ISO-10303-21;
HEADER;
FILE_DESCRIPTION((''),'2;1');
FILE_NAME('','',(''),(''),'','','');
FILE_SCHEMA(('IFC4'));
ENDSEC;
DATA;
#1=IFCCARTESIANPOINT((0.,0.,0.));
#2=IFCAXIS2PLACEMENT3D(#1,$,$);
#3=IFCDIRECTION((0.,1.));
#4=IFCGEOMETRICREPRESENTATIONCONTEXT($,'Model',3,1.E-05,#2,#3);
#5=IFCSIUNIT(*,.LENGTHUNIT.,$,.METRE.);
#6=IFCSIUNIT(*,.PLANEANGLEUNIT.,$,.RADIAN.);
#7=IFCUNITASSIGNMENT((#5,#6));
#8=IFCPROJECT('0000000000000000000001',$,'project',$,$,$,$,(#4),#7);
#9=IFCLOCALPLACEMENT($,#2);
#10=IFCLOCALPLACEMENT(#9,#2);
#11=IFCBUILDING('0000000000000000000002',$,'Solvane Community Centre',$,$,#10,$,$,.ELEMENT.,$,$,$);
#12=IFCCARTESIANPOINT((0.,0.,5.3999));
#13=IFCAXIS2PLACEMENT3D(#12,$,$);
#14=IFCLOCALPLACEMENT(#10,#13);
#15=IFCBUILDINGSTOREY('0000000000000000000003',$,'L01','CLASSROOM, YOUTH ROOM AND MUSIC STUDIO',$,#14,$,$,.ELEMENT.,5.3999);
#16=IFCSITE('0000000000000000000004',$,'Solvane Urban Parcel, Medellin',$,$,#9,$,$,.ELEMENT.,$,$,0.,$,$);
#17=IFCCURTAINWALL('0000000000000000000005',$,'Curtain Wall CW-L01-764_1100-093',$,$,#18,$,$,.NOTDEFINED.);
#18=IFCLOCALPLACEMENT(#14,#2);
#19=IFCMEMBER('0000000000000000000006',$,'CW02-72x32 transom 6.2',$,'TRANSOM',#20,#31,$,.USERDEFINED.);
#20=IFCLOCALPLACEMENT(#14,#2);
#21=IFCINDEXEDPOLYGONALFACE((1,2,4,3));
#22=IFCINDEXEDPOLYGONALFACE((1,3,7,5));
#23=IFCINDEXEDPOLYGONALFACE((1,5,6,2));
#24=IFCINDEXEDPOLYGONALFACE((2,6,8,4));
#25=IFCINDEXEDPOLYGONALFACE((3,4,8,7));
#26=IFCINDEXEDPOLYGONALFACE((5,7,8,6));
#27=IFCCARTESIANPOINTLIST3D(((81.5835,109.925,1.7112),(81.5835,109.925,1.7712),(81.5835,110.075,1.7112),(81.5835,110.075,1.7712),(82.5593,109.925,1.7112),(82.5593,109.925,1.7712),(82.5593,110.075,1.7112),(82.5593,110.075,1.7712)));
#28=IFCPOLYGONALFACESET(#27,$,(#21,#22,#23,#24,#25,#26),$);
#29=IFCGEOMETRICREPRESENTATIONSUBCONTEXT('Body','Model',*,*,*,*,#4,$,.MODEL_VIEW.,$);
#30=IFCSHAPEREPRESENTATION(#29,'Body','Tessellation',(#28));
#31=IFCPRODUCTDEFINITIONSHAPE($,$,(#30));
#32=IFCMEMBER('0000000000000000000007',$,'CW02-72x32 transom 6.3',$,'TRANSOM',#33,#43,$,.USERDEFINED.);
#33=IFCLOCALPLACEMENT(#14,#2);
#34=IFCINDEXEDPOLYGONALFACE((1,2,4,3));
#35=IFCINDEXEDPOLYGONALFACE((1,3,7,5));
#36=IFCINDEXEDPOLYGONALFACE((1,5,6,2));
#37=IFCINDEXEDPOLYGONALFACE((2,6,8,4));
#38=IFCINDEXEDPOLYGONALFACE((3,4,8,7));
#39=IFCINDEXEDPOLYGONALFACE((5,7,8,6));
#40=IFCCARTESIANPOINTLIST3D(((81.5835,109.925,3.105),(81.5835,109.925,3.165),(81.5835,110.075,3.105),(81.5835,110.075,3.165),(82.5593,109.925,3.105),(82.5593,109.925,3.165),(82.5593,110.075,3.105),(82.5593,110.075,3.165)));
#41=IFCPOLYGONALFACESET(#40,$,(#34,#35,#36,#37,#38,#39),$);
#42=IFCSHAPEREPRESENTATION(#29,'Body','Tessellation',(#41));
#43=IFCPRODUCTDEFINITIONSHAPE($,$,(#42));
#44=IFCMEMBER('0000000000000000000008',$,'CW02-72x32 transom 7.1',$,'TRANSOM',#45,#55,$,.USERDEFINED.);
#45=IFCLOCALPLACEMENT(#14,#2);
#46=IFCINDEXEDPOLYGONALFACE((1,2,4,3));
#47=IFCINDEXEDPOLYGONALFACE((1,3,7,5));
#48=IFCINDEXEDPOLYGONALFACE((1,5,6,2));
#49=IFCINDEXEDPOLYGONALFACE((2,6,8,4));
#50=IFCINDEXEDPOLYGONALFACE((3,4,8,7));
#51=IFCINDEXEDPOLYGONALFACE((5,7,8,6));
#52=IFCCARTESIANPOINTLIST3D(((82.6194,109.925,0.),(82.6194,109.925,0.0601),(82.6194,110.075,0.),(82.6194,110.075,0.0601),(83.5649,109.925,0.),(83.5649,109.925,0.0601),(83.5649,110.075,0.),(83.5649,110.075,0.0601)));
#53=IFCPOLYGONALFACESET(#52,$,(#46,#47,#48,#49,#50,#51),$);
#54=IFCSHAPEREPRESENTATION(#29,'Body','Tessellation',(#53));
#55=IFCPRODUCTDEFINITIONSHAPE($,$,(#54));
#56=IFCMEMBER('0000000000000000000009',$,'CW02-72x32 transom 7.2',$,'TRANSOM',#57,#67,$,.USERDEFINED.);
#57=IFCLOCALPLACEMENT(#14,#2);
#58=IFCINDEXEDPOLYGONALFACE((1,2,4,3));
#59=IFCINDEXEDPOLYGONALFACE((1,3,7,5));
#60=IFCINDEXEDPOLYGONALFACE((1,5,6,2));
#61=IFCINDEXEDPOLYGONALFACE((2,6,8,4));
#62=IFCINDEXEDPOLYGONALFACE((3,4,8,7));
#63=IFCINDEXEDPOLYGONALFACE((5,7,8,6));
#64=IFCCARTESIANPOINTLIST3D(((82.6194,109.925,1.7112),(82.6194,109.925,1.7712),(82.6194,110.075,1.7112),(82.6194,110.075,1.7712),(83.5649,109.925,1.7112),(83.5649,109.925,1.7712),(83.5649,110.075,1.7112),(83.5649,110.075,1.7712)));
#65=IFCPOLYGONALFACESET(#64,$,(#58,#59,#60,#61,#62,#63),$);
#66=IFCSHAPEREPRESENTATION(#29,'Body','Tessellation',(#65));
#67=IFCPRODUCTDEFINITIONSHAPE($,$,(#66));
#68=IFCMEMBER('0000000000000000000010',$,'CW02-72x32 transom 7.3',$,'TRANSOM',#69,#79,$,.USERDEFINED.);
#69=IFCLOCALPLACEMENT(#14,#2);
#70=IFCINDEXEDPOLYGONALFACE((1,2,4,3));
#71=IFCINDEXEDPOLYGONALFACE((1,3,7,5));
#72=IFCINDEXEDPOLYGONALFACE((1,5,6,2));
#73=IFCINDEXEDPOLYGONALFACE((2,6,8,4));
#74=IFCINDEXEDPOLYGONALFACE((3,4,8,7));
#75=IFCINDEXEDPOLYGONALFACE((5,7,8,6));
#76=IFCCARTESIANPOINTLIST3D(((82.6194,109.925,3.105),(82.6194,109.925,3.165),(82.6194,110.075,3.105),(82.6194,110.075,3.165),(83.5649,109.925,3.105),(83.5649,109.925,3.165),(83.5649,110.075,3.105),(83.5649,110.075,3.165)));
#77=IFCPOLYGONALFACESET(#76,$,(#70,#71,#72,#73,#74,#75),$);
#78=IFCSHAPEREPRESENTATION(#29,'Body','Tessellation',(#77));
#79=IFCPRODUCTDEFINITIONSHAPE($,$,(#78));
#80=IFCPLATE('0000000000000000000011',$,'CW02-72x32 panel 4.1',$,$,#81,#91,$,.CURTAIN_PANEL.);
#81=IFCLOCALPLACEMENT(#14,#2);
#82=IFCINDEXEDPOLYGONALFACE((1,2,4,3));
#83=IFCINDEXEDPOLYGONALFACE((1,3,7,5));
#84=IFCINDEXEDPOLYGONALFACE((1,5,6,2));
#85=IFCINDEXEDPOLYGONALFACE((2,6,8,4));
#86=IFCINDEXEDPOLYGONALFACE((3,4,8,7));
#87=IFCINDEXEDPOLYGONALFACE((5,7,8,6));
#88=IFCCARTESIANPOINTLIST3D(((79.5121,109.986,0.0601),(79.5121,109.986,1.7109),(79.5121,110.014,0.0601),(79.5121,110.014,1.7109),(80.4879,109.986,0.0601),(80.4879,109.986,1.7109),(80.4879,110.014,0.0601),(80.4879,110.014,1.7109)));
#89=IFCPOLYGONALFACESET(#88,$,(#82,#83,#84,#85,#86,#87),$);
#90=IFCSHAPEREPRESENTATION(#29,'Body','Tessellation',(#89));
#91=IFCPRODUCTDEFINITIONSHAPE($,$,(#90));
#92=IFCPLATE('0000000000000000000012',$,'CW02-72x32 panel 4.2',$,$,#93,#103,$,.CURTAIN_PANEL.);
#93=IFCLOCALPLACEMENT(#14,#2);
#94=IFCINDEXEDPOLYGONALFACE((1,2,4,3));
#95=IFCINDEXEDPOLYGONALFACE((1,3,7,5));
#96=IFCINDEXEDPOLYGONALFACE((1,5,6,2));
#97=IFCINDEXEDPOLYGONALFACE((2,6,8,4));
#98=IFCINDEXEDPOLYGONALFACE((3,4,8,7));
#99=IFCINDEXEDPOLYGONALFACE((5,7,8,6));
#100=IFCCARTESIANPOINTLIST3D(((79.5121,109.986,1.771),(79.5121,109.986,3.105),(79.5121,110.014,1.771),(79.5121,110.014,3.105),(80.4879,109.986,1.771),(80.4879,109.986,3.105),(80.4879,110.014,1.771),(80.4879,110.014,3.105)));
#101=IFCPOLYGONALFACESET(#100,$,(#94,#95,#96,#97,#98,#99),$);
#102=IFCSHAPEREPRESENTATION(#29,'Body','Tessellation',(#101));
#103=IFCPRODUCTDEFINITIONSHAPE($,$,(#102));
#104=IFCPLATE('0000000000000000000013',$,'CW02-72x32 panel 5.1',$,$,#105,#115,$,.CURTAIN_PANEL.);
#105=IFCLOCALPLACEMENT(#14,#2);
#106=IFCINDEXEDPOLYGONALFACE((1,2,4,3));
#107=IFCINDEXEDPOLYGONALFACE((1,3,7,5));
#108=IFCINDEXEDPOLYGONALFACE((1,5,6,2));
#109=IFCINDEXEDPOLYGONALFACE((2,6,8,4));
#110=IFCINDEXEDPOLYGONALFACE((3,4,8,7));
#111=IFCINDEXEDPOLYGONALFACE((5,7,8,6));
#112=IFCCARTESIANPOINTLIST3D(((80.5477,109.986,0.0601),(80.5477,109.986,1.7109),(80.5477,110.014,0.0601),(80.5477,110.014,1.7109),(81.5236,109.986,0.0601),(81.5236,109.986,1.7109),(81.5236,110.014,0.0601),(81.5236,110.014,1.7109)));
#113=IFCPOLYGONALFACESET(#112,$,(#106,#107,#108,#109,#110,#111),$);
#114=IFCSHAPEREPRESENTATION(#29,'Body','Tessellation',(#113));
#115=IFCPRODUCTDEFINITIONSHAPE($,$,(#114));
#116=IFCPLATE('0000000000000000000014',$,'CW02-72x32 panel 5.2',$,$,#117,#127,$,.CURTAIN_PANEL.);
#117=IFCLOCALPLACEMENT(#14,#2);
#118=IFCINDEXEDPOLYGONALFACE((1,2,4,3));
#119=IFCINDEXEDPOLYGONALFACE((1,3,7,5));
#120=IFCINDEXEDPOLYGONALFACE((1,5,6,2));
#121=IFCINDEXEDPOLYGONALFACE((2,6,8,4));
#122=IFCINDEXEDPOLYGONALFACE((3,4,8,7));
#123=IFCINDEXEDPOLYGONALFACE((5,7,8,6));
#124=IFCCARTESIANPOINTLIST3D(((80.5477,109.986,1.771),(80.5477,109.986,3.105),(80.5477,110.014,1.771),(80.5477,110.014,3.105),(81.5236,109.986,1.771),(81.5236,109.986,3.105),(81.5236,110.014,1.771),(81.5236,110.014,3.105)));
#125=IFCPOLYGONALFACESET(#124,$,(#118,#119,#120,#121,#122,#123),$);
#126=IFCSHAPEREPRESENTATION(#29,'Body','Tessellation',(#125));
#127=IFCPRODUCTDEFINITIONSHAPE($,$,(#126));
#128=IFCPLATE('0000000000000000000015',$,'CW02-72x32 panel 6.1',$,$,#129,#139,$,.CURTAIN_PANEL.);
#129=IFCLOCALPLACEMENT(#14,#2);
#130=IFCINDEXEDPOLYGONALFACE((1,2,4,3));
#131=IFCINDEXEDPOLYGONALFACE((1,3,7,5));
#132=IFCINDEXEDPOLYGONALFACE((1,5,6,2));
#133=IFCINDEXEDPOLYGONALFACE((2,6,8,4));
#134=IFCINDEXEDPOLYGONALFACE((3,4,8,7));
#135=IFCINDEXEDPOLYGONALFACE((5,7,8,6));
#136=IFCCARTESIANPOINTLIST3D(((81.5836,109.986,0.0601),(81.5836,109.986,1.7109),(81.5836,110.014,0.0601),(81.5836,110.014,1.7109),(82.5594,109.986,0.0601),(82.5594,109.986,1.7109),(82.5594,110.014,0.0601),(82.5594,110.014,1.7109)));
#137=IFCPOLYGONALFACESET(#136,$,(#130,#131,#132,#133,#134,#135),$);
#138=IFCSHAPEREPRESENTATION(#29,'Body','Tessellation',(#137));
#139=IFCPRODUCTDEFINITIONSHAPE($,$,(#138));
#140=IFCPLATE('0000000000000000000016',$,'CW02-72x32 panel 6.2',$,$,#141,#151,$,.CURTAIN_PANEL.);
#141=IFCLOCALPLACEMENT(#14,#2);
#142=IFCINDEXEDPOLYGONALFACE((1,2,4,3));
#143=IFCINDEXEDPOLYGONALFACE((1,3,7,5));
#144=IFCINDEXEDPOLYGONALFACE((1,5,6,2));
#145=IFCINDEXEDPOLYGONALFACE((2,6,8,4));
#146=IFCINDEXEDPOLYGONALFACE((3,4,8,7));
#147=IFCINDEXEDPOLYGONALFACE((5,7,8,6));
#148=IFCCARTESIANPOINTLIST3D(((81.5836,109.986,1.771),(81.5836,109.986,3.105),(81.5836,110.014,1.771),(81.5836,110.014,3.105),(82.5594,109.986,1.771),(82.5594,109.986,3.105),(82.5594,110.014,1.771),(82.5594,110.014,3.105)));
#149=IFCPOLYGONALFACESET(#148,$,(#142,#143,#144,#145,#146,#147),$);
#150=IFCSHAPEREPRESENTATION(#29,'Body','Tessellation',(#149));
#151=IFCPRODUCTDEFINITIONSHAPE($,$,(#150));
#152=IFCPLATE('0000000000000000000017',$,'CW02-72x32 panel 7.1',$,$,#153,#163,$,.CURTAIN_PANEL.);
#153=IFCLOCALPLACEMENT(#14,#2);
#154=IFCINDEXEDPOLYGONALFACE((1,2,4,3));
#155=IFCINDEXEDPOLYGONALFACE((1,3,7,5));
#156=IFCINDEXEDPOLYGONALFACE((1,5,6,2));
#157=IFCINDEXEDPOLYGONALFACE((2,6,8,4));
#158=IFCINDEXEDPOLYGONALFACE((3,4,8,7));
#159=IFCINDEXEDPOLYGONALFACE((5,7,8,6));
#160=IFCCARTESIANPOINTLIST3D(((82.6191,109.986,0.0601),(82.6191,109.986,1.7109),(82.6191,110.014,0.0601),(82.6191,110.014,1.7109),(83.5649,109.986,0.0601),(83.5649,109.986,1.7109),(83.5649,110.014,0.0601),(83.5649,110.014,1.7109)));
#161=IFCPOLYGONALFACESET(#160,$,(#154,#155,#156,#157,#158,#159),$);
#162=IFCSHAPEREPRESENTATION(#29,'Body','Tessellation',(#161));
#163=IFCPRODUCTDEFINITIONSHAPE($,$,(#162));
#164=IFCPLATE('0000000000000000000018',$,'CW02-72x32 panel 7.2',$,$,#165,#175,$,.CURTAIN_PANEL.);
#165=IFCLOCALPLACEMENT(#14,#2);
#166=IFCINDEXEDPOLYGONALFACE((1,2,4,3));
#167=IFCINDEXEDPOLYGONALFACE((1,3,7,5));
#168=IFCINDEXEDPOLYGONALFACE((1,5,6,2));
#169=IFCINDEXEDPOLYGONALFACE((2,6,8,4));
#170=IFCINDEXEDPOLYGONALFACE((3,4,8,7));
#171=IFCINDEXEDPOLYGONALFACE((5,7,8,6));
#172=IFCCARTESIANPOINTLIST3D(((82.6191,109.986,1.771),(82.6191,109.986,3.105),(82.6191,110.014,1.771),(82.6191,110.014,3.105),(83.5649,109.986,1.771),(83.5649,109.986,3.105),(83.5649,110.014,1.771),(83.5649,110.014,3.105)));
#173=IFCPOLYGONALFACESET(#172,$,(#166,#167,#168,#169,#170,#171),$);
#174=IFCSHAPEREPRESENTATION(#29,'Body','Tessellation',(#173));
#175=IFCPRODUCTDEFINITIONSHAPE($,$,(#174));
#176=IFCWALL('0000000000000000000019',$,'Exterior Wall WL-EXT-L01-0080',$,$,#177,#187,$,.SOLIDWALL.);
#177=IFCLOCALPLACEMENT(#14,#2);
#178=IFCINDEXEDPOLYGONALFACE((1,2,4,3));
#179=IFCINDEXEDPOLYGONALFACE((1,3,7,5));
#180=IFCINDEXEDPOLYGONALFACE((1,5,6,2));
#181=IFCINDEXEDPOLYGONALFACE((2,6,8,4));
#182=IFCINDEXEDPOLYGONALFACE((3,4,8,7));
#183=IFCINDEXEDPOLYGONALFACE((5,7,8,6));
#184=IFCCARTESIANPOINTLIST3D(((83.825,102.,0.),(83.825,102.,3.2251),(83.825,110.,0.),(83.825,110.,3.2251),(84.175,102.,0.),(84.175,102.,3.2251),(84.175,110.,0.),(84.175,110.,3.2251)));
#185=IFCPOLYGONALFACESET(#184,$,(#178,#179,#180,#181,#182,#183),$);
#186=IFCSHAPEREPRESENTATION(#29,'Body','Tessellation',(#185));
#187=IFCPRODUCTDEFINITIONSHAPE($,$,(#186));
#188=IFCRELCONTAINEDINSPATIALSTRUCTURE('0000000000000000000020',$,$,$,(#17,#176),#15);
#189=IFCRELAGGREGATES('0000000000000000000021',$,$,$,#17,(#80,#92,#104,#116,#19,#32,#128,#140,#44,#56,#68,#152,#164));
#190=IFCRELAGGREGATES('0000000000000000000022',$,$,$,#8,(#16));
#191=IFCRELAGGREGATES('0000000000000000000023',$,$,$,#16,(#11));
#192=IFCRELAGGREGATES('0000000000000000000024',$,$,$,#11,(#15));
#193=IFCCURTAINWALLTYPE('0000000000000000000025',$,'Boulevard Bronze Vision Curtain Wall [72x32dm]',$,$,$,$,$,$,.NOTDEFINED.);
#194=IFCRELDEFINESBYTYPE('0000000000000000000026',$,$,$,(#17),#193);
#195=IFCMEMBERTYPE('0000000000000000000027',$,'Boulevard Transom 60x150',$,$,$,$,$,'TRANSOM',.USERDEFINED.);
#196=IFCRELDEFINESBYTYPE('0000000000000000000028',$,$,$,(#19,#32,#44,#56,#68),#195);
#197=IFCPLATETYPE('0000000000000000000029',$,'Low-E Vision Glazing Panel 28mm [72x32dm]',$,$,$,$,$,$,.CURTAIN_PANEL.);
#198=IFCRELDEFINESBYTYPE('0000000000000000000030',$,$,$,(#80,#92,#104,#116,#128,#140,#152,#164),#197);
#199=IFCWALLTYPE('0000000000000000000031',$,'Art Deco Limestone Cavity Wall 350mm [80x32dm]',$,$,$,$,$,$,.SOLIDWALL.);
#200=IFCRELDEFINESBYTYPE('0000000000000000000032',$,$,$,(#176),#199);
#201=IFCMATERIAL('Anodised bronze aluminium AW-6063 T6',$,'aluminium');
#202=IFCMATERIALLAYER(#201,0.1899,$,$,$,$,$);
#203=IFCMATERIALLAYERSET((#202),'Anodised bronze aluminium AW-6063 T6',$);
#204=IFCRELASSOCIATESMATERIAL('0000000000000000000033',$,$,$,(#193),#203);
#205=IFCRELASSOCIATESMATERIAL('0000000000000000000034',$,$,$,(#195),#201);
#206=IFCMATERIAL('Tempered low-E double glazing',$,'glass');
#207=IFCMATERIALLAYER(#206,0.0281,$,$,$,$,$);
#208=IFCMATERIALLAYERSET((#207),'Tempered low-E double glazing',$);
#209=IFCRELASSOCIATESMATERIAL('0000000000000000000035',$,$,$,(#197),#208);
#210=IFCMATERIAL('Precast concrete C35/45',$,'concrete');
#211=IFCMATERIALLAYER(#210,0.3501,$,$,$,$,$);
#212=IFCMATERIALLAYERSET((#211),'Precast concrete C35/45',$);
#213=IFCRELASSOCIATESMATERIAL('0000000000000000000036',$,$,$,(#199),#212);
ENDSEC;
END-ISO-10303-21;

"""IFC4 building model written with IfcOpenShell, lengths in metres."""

from ifc_helpers import new_model, si_unit, direction, frame, frame_2d, origin, origin_2d, place, context, subcontext, project, spatial, rectangle, extrude, material, layer, layer_set, material_profile, profile_set, type_object, element, aggregate, save


model = new_model("IFC4")

# Units and contexts
model_context = context("Model", 3, precision=1e-05, world=origin(), true_north=direction((0.0, 1.0)))
body_context = subcontext(model_context, "Body", "Model", "MODEL_VIEW")
ifc_project = project(units=[si_unit("LENGTHUNIT", "METRE"), si_unit("PLANEANGLEUNIT", "RADIAN")], contexts=[model_context])

# Site, building, storey
site_placement = place(None, origin())
site = spatial("IfcSite", under=ifc_project, at=site_placement, Name="Solvane Urban Parcel, Medellin", CompositionType="ELEMENT", RefElevation=0.0)
building_placement = place(site_placement, origin())
building = spatial("IfcBuilding", under=site, at=building_placement, Name="Solvane Community Centre", CompositionType="ELEMENT")
storey_placement = place(building_placement, frame((0.0, 0.0, 5.3999)))
storey = spatial("IfcBuildingStorey", under=building, at=storey_placement, Name="L01", Description="CLASSROOM, YOUTH ROOM AND MUSIC STUDIO", CompositionType="ELEMENT", Elevation=5.3999)

# Curtain wall, members, plates
ifc_material_1 = material(Name="Anodised bronze aluminium AW-6063 T6", Category="aluminium")
ifc_layer_1 = layer(ifc_material_1, 0.1899)
ifc_layer_set_1 = layer_set([ifc_layer_1], Name="Anodised bronze aluminium AW-6063 T6")
curtain_wall_type = type_object("IfcCurtainWallType", Name="Boulevard Bronze Vision Curtain Wall [72x32dm]", PredefinedType="NOTDEFINED", material=ifc_layer_set_1)
curtain_wall_placement = place(storey_placement, origin())
curtain_wall = element("IfcCurtainWall", 1, at=curtain_wall_placement, inside=storey, type_object=curtain_wall_type, Name="Curtain Wall CW-L01-764_1100-093", PredefinedType="NOTDEFINED")
ifc_material_profile_1 = material_profile(ifc_material_1, rectangle(XDim=0.1499, YDim=0.0601, at=origin_2d()), Name="CW-T 60x150")
ifc_profile_set_1 = profile_set([ifc_material_profile_1], Name="Anodised bronze aluminium AW-6063 T6")
member_type_1 = type_object("IfcMemberType", Name="Boulevard Transom 60x150", ElementType="TRANSOM", PredefinedType="USERDEFINED", material=ifc_profile_set_1)
member_1_placement = place(storey_placement, frame((81.5835, 110.0, 1.7412), z_axis=(1.0, 0.0, 0.0), x_axis=(0.0, 1.0, 0.0)))
member_1 = element("IfcMember", 2, at=member_1_placement, type_object=member_type_1, Name="CW02-72x32 transom 6.2", ObjectType="TRANSOM", PredefinedType="USERDEFINED", context=body_context, shape_type="SweptSolid", body=[
    extrude(rectangle(XDim=0.1499, YDim=0.0601, at=origin_2d()), origin(), (0.0, 0.0, 1.0), 0.9758),
])
member_2_placement = place(storey_placement, frame((81.5835, 110.0, 3.135), z_axis=(1.0, 0.0, 0.0), x_axis=(0.0, 1.0, 0.0)))
member_2 = element("IfcMember", 3, at=member_2_placement, type_object=member_type_1, Name="CW02-72x32 transom 6.3", ObjectType="TRANSOM", PredefinedType="USERDEFINED", context=body_context, shape_type="SweptSolid", body=[
    extrude(rectangle(XDim=0.1499, YDim=0.0601, at=origin_2d()), origin(), (0.0, 0.0, 1.0), 0.9758),
])
member_3_placement = place(storey_placement, frame((82.6194, 110.0, 0.03), z_axis=(1.0, 0.0, 0.0), x_axis=(0.0, 1.0, 0.0)))
member_3 = element("IfcMember", 4, at=member_3_placement, type_object=member_type_1, Name="CW02-72x32 transom 7.1", ObjectType="TRANSOM", PredefinedType="USERDEFINED", context=body_context, shape_type="SweptSolid", body=[
    extrude(rectangle(XDim=0.1499, YDim=0.0601, at=origin_2d()), origin(), (0.0, 0.0, 1.0), 0.9456),
])
member_4_placement = place(storey_placement, frame((82.6194, 110.0, 1.7412), z_axis=(1.0, 0.0, 0.0), x_axis=(0.0, 1.0, 0.0)))
member_4 = element("IfcMember", 5, at=member_4_placement, type_object=member_type_1, Name="CW02-72x32 transom 7.2", ObjectType="TRANSOM", PredefinedType="USERDEFINED", context=body_context, shape_type="SweptSolid", body=[
    extrude(rectangle(XDim=0.1499, YDim=0.0601, at=origin_2d()), origin(), (0.0, 0.0, 1.0), 0.9456),
])
member_5_placement = place(storey_placement, frame((82.6194, 110.0, 3.135), z_axis=(1.0, 0.0, 0.0), x_axis=(0.0, 1.0, 0.0)))
member_5 = element("IfcMember", 6, at=member_5_placement, type_object=member_type_1, Name="CW02-72x32 transom 7.3", ObjectType="TRANSOM", PredefinedType="USERDEFINED", context=body_context, shape_type="SweptSolid", body=[
    extrude(rectangle(XDim=0.1499, YDim=0.0601, at=origin_2d()), origin(), (0.0, 0.0, 1.0), 0.9456),
])
ifc_material_2 = material(Name="Tempered low-E double glazing", Category="glass")
ifc_layer_2 = layer(ifc_material_2, 0.0281)
ifc_layer_set_2 = layer_set([ifc_layer_2], Name="Tempered low-E double glazing")
plate_type = type_object("IfcPlateType", Name="Low-E Vision Glazing Panel 28mm [72x32dm]", PredefinedType="CURTAIN_PANEL", material=ifc_layer_set_2)
plate_1_placement = place(storey_placement, frame((80.0, 110.0, 0.0601), z_axis=(0.0, 0.0, 1.0), x_axis=(1.0, 0.0, 0.0)))
plate_1 = element("IfcPlate", 7, at=plate_1_placement, type_object=plate_type, Name="CW02-72x32 panel 4.1", PredefinedType="CURTAIN_PANEL", context=body_context, shape_type="SweptSolid", body=[
    extrude(rectangle(XDim=0.9758, YDim=0.0281, at=origin_2d()), origin(), (0.0, 0.0, 1.0), 1.6509),
])
plate_2_placement = place(storey_placement, frame((80.0, 110.0, 1.771), z_axis=(0.0, 0.0, 1.0), x_axis=(1.0, 0.0, 0.0)))
plate_2 = element("IfcPlate", 8, at=plate_2_placement, type_object=plate_type, Name="CW02-72x32 panel 4.2", PredefinedType="CURTAIN_PANEL", context=body_context, shape_type="SweptSolid", body=[
    extrude(rectangle(XDim=0.9758, YDim=0.0281, at=origin_2d()), origin(), (0.0, 0.0, 1.0), 1.334),
])
plate_3_placement = place(storey_placement, frame((81.0356, 110.0, 0.0601), z_axis=(0.0, 0.0, 1.0), x_axis=(1.0, 0.0, 0.0)))
plate_3 = element("IfcPlate", 9, at=plate_3_placement, type_object=plate_type, Name="CW02-72x32 panel 5.1", PredefinedType="CURTAIN_PANEL", context=body_context, shape_type="SweptSolid", body=[
    extrude(rectangle(XDim=0.9758, YDim=0.0281, at=origin_2d()), origin(), (0.0, 0.0, 1.0), 1.6509),
])
plate_4_placement = place(storey_placement, frame((81.0356, 110.0, 1.771), z_axis=(0.0, 0.0, 1.0), x_axis=(1.0, 0.0, 0.0)))
plate_4 = element("IfcPlate", 10, at=plate_4_placement, type_object=plate_type, Name="CW02-72x32 panel 5.2", PredefinedType="CURTAIN_PANEL", context=body_context, shape_type="SweptSolid", body=[
    extrude(rectangle(XDim=0.9758, YDim=0.0281, at=origin_2d()), origin(), (0.0, 0.0, 1.0), 1.334),
])
plate_5_placement = place(storey_placement, frame((82.0715, 110.0, 0.0601), z_axis=(0.0, 0.0, 1.0), x_axis=(1.0, 0.0, 0.0)))
plate_5 = element("IfcPlate", 11, at=plate_5_placement, type_object=plate_type, Name="CW02-72x32 panel 6.1", PredefinedType="CURTAIN_PANEL", context=body_context, shape_type="SweptSolid", body=[
    extrude(rectangle(XDim=0.9758, YDim=0.0281, at=origin_2d()), origin(), (0.0, 0.0, 1.0), 1.6509),
])
plate_6_placement = place(storey_placement, frame((82.0715, 110.0, 1.771), z_axis=(0.0, 0.0, 1.0), x_axis=(1.0, 0.0, 0.0)))
plate_6 = element("IfcPlate", 12, at=plate_6_placement, type_object=plate_type, Name="CW02-72x32 panel 6.2", PredefinedType="CURTAIN_PANEL", context=body_context, shape_type="SweptSolid", body=[
    extrude(rectangle(XDim=0.9758, YDim=0.0281, at=origin_2d()), origin(), (0.0, 0.0, 1.0), 1.334),
])
plate_7_placement = place(storey_placement, frame((83.092, 110.0, 0.0601), z_axis=(0.0, 0.0, 1.0), x_axis=(1.0, 0.0, 0.0)))
plate_7 = element("IfcPlate", 13, at=plate_7_placement, type_object=plate_type, Name="CW02-72x32 panel 7.1", PredefinedType="CURTAIN_PANEL", context=body_context, shape_type="SweptSolid", body=[
    extrude(rectangle(XDim=0.9458, YDim=0.0281, at=origin_2d()), origin(), (0.0, 0.0, 1.0), 1.6509),
])
plate_8_placement = place(storey_placement, frame((83.092, 110.0, 1.771), z_axis=(0.0, 0.0, 1.0), x_axis=(1.0, 0.0, 0.0)))
plate_8 = element("IfcPlate", 14, at=plate_8_placement, type_object=plate_type, Name="CW02-72x32 panel 7.2", PredefinedType="CURTAIN_PANEL", context=body_context, shape_type="SweptSolid", body=[
    extrude(rectangle(XDim=0.9458, YDim=0.0281, at=origin_2d()), origin(), (0.0, 0.0, 1.0), 1.334),
])
aggregate(curtain_wall, [plate_1, plate_2, plate_3, plate_4, member_1, member_2, plate_5, plate_6, member_3, member_4, member_5, plate_7, plate_8])

# Wall
ifc_material_3 = material(Name="Precast concrete C35/45", Category="concrete")
ifc_layer_3 = layer(ifc_material_3, 0.3501)
ifc_layer_set_3 = layer_set([ifc_layer_3], Name="Precast concrete C35/45")
wall_type = type_object("IfcWallType", Name="Art Deco Limestone Cavity Wall 350mm [80x32dm]", PredefinedType="SOLIDWALL", material=ifc_layer_set_3)
wall_placement = place(storey_placement, frame((84.0, 110.0, 0.0), z_axis=(0.0, 0.0, 1.0), x_axis=(0.0, -1.0, 0.0)))
element("IfcWall", 15, at=wall_placement, inside=storey, type_object=wall_type, Name="Exterior Wall WL-EXT-L01-0080", PredefinedType="SOLIDWALL", context=body_context, shape_type="SweptSolid", body=[
    extrude(rectangle(XDim=8.0, YDim=0.3501, at=frame_2d((4.0, 0.0))), origin(), (0.0, 0.0, 1.0), 3.2251),
])

save(model, "model.ifc")
